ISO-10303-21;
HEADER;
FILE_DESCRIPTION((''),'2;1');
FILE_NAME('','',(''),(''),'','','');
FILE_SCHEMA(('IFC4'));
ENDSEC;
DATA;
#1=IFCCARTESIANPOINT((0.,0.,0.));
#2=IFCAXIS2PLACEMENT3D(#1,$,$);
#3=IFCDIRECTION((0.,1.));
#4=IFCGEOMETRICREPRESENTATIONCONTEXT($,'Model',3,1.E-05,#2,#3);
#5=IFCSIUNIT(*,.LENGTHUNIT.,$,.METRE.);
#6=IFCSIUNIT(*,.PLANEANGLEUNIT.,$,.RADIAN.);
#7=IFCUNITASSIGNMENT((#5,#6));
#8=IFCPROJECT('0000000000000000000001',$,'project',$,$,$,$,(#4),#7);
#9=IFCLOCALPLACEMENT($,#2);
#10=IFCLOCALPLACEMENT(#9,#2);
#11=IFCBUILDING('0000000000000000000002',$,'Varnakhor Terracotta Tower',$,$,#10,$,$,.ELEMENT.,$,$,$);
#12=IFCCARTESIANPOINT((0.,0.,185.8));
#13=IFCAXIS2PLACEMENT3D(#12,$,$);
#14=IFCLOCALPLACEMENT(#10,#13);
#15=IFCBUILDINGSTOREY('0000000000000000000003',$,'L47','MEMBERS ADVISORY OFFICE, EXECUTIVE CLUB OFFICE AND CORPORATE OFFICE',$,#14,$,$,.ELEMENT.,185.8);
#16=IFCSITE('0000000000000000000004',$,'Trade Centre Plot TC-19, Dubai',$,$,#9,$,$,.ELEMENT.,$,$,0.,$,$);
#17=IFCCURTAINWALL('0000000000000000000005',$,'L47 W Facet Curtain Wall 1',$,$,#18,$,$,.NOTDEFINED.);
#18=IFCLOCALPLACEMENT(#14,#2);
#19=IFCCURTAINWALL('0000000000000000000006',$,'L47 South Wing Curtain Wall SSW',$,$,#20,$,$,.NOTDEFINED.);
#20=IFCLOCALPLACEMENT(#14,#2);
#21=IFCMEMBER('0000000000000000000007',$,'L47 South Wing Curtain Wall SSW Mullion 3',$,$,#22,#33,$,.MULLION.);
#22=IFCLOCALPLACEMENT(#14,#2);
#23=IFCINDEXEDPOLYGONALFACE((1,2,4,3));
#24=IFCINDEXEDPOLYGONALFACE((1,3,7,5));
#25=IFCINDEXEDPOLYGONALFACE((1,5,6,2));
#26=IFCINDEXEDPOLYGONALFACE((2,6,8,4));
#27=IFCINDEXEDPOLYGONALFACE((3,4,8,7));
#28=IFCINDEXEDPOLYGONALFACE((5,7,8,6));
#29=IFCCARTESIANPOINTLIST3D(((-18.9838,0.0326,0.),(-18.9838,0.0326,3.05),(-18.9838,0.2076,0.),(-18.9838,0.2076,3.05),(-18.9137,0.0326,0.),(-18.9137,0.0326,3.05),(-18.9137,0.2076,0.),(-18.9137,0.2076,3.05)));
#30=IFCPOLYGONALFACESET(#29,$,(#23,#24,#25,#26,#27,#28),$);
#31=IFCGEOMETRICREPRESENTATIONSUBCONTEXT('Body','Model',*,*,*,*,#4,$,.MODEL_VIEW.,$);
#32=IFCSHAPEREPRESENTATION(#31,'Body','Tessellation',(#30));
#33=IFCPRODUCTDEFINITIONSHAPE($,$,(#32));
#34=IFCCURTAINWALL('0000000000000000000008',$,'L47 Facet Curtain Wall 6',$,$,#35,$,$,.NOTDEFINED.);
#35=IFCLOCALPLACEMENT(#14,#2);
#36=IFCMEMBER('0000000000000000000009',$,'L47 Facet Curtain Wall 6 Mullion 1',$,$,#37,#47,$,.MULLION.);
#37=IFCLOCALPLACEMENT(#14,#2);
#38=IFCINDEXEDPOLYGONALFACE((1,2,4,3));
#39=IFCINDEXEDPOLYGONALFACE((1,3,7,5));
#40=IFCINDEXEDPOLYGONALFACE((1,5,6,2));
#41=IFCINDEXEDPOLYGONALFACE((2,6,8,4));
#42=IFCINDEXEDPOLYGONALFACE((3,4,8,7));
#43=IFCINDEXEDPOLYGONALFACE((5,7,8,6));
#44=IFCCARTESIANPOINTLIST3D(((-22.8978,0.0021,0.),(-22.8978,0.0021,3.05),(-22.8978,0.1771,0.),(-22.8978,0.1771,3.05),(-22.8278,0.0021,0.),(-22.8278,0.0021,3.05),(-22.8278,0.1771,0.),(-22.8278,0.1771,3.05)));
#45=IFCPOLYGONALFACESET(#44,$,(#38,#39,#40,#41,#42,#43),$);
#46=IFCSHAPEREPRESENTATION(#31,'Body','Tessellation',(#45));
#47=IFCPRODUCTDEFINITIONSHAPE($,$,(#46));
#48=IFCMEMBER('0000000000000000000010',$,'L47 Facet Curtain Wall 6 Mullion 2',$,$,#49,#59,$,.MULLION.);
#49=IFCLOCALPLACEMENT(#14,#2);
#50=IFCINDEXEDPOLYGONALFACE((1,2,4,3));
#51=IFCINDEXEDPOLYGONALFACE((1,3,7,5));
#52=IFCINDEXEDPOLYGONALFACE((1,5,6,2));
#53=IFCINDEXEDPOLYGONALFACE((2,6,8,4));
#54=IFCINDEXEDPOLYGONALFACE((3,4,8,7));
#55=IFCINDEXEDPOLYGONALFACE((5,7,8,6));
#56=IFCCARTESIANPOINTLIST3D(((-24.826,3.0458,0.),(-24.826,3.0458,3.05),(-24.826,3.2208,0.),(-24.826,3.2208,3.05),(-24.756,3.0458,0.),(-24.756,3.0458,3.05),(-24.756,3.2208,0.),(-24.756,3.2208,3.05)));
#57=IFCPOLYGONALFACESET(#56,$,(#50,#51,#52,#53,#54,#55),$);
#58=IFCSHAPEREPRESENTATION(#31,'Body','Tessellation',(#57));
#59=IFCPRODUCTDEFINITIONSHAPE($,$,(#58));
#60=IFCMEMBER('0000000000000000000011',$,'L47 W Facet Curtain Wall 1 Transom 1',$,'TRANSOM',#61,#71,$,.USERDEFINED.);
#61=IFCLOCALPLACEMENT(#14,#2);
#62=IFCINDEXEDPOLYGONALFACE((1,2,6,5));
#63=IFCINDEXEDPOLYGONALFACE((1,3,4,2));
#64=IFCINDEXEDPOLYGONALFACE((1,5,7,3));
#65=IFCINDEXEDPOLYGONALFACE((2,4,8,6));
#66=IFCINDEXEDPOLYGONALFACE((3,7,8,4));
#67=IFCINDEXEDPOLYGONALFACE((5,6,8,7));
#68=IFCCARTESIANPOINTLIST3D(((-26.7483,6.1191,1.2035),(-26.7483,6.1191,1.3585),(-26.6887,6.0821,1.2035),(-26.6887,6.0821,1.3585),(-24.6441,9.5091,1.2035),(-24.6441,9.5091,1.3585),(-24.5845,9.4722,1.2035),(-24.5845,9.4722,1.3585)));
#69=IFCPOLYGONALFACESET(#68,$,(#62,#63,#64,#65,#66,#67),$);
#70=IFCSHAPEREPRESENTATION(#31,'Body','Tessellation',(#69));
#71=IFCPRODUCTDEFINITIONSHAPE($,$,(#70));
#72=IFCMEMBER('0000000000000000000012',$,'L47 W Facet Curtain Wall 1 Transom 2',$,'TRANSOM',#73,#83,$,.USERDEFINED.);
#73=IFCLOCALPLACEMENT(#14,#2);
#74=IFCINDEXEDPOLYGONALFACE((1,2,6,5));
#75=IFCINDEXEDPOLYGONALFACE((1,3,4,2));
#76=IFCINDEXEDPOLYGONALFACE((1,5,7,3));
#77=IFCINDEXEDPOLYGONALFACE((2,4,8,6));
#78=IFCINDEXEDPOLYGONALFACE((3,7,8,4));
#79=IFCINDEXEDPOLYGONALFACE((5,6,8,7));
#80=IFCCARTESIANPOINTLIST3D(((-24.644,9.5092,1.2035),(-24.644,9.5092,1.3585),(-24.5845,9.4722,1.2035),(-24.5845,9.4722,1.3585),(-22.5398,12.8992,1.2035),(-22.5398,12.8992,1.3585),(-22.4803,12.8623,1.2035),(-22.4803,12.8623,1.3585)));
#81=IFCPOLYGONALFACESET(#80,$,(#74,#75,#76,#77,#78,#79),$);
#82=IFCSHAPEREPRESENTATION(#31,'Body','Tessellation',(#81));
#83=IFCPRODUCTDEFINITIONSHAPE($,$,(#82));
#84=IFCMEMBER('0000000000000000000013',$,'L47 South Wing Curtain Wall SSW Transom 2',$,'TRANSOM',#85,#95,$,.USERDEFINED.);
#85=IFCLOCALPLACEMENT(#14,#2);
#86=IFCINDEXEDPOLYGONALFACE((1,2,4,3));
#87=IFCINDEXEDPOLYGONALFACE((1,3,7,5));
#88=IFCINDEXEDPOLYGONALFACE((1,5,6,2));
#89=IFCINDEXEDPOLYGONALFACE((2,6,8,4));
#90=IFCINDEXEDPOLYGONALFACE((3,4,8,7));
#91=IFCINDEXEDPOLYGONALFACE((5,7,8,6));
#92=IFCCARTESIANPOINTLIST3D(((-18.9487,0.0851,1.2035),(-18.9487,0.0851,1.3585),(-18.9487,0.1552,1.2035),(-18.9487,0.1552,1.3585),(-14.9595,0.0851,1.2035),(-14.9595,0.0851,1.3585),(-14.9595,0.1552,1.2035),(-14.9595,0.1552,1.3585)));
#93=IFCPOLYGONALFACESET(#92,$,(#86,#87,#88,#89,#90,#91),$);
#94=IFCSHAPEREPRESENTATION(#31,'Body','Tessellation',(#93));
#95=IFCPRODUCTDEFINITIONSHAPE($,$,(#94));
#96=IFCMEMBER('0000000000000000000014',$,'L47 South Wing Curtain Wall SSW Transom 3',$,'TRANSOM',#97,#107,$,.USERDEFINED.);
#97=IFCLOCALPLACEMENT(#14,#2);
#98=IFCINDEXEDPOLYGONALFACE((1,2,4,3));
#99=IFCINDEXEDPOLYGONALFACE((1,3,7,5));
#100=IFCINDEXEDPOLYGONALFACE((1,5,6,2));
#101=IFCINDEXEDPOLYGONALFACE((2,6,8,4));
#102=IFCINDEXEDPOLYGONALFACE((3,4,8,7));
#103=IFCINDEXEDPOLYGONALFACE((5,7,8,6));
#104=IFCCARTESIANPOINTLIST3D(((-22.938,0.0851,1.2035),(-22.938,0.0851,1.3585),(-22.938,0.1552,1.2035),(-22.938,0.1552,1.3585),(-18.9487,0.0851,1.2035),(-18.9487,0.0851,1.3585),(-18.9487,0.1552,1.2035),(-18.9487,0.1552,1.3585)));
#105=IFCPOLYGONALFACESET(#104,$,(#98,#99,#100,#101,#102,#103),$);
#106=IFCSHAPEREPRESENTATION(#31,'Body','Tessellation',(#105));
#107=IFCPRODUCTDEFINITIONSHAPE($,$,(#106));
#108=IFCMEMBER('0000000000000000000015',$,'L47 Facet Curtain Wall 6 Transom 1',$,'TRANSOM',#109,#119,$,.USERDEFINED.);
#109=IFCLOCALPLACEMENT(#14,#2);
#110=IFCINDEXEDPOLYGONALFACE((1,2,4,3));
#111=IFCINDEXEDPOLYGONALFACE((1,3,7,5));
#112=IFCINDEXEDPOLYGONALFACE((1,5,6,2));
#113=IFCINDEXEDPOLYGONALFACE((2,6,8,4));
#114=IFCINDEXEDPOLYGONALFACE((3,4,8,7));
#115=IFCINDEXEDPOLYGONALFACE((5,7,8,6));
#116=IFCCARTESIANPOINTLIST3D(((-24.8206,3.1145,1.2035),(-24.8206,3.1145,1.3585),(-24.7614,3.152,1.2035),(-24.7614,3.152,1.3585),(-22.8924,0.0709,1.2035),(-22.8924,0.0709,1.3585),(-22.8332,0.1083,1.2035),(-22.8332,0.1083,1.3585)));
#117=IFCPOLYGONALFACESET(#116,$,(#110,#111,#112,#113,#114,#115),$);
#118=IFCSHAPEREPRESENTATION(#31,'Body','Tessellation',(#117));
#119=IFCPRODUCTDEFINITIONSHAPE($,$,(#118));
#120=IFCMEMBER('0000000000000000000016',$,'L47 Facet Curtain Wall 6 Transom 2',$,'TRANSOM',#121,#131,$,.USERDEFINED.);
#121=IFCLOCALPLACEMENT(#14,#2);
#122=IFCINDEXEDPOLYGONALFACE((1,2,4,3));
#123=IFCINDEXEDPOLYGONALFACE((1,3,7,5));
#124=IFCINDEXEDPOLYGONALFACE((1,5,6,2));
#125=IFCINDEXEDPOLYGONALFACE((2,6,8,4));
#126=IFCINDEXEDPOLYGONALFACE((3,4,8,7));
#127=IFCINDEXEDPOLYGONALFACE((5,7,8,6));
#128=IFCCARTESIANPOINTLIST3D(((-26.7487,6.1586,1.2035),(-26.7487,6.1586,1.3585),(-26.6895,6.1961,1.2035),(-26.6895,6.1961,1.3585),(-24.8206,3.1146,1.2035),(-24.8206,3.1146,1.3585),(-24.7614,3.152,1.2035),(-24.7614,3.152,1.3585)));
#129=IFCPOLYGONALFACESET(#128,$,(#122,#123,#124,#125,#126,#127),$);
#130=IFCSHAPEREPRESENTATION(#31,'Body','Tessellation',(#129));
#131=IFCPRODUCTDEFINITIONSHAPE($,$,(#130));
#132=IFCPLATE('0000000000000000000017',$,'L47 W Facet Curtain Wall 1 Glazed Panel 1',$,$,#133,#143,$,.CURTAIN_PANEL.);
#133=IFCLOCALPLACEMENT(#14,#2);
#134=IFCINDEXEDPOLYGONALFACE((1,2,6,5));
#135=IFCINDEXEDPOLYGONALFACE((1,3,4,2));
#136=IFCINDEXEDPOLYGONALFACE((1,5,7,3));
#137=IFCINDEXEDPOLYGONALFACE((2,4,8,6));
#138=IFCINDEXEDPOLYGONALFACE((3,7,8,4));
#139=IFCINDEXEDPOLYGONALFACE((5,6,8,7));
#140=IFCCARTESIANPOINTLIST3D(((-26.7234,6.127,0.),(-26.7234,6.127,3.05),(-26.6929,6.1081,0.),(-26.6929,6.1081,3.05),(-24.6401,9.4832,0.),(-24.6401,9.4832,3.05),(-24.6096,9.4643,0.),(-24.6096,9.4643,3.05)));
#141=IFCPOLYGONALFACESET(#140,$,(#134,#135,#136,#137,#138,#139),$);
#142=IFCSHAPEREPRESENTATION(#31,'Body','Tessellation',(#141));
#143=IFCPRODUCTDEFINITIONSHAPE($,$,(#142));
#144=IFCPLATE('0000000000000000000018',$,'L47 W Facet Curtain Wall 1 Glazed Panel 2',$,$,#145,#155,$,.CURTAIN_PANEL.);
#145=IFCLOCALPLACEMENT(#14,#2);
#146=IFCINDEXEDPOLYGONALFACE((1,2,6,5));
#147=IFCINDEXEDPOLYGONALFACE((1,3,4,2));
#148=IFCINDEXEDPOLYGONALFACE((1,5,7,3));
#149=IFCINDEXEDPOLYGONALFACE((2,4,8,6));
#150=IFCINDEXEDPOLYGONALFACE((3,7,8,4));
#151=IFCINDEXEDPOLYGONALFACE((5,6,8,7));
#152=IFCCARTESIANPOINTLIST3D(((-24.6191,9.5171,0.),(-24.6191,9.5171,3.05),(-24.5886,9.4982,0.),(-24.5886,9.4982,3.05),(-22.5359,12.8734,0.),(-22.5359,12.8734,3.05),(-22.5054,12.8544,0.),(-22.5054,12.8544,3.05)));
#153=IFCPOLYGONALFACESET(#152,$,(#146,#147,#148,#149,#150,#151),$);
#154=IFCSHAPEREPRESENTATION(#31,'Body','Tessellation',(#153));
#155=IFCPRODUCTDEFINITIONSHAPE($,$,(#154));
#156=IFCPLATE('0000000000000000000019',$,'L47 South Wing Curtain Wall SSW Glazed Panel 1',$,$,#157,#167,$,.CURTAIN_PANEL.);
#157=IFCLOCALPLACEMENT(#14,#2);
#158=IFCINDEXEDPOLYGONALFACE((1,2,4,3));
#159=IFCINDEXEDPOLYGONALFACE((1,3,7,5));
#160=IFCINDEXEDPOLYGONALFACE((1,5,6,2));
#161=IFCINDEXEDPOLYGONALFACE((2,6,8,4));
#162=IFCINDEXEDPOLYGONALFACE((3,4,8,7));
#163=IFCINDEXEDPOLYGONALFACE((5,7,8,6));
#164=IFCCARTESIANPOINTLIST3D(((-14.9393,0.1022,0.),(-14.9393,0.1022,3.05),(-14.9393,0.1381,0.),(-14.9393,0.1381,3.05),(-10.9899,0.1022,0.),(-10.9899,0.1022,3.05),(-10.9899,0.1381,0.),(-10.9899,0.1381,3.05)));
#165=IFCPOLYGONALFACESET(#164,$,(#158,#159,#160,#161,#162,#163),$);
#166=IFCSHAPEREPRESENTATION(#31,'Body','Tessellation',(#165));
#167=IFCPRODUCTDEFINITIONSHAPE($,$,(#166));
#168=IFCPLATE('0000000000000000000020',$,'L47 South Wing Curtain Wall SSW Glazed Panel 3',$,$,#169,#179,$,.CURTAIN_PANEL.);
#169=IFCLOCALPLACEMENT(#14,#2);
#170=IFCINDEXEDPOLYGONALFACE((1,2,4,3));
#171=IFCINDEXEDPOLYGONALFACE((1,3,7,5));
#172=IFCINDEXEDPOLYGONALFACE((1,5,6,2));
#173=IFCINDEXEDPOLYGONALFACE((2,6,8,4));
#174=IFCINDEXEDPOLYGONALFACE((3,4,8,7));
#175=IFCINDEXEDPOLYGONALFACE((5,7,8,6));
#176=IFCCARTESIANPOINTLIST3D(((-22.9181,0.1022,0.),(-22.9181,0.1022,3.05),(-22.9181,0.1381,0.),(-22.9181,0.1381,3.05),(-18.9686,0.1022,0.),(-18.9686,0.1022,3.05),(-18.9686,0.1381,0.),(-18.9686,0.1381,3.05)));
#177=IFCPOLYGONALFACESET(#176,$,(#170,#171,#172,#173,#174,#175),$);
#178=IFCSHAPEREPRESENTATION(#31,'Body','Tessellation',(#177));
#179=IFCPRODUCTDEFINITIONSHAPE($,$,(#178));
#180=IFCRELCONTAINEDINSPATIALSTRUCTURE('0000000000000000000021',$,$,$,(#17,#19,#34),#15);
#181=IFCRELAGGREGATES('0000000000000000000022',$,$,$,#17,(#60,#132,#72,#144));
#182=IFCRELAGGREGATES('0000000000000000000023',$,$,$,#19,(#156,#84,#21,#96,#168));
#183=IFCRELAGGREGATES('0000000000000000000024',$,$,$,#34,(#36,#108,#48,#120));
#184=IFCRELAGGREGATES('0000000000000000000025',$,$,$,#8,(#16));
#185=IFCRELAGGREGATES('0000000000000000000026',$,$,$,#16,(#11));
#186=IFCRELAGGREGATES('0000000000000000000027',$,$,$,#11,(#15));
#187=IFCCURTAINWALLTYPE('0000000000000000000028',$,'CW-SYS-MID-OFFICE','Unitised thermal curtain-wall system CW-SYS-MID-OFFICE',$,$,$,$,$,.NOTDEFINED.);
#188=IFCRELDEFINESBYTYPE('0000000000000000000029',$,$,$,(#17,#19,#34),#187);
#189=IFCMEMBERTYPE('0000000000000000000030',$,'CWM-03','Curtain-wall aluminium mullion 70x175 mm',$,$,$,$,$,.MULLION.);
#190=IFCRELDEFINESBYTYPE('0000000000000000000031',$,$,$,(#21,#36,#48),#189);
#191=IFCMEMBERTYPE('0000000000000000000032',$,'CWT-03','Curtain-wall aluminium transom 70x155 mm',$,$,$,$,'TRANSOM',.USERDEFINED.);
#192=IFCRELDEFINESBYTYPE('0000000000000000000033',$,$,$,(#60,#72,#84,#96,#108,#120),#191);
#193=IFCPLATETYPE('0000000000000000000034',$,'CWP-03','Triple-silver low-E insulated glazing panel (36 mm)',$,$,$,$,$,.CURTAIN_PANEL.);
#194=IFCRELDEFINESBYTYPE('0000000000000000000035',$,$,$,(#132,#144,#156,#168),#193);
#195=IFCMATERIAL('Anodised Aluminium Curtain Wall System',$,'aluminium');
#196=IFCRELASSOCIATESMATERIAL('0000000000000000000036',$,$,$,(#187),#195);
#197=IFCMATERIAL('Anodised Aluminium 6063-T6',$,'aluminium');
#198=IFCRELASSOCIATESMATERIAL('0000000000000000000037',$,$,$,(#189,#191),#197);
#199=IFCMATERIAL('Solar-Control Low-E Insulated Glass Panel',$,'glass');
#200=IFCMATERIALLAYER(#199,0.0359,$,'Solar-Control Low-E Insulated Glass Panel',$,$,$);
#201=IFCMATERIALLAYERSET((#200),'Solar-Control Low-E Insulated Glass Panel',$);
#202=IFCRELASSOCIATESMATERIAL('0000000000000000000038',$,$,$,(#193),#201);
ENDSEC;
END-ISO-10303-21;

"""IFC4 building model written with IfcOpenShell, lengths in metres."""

from ifc_helpers import new_model, si_unit, direction, frame, origin, origin_2d, place, context, subcontext, project, spatial, rectangle, extrude, source, transform, mapped, material, layer, layer_set, material_profile, profile_set, type_object, element, aggregate, save


model = new_model("IFC4")

# Units and contexts
model_context = context("Model", 3, precision=1e-05, world=origin(), true_north=direction((0.0, 1.0)))
body_context = subcontext(model_context, "Body", "Model", "MODEL_VIEW")
ifc_project = project(units=[si_unit("LENGTHUNIT", "METRE"), si_unit("PLANEANGLEUNIT", "RADIAN")], contexts=[model_context])

# Site, building, storey
site_placement = place(None, origin())
site = spatial("IfcSite", under=ifc_project, at=site_placement, Name="Trade Centre Plot TC-19, Dubai", CompositionType="ELEMENT", RefElevation=0.0)
building_placement = place(site_placement, origin())
building = spatial("IfcBuilding", under=site, at=building_placement, Name="Varnakhor Terracotta Tower", CompositionType="ELEMENT")
storey_placement = place(building_placement, frame((0.0, 0.0, 185.8)))
storey = spatial("IfcBuildingStorey", under=building, at=storey_placement, Name="L47", Description="MEMBERS ADVISORY OFFICE, EXECUTIVE CLUB OFFICE AND CORPORATE OFFICE", CompositionType="ELEMENT", Elevation=185.8)

# Curtain walls, members
ifc_material_1 = material(Name="Anodised Aluminium Curtain Wall System", Category="aluminium")
curtain_wall_type = type_object("IfcCurtainWallType", Name="CW-SYS-MID-OFFICE", Description="Unitised thermal curtain-wall system CW-SYS-MID-OFFICE", PredefinedType="NOTDEFINED", material=ifc_material_1)
curtain_wall_1_placement = place(storey_placement, origin())
curtain_wall_1 = element("IfcCurtainWall", 1, at=curtain_wall_1_placement, inside=storey, type_object=curtain_wall_type, Name="L47 W Facet Curtain Wall 1", PredefinedType="NOTDEFINED")
ifc_material_2 = material(Name="Anodised Aluminium 6063-T6", Category="aluminium")
ifc_material_profile_1 = material_profile(ifc_material_2, rectangle(XDim=0.0701, YDim=0.175, at=origin_2d()), Name="ALU MULLION 70x175")
ifc_profile_set_1 = profile_set([ifc_material_profile_1], Name="Anodised Aluminium 6063-T6")
member_type_1 = type_object("IfcMemberType", Name="CWM-03", Description="Curtain-wall aluminium mullion 70x175 mm", PredefinedType="MULLION", material=ifc_profile_set_1)
shared_shape_1 = source(origin(), body_context, "Body", "SweptSolid", [
    extrude(rectangle(XDim=0.0701, YDim=0.175, at=origin_2d()), origin(), (0.0, 0.0, 1.0), 3.05),
])
curtain_wall_2_placement = place(storey_placement, origin())
curtain_wall_2 = element("IfcCurtainWall", 2, at=curtain_wall_2_placement, inside=storey, type_object=curtain_wall_type, Name="L47 South Wing Curtain Wall SSW", PredefinedType="NOTDEFINED")
member_1_placement = place(storey_placement, frame((-18.9487, 0.1201, 0.0), z_axis=(0.0, 0.0, 1.0), x_axis=(1.0, 0.0, 0.0)))
member_1 = element("IfcMember", 3, at=member_1_placement, type_object=member_type_1, Name="L47 South Wing Curtain Wall SSW Mullion 3", PredefinedType="MULLION", context=body_context, shape_type="MappedRepresentation", body=[
    mapped(shared_shape_1, transform((0.0, 0.0, 0.0), scale=1.0)),
])
curtain_wall_3_placement = place(storey_placement, origin())
curtain_wall_3 = element("IfcCurtainWall", 4, at=curtain_wall_3_placement, inside=storey, type_object=curtain_wall_type, Name="L47 Facet Curtain Wall 6", PredefinedType="NOTDEFINED")
member_2_placement = place(storey_placement, frame((-22.8628, 0.0896, 0.0), z_axis=(0.0, 0.0, 1.0), x_axis=(1.0, 0.0, 0.0)))
member_2 = element("IfcMember", 5, at=member_2_placement, type_object=member_type_1, Name="L47 Facet Curtain Wall 6 Mullion 1", PredefinedType="MULLION", context=body_context, shape_type="MappedRepresentation", body=[
    mapped(shared_shape_1, transform((0.0, 0.0, 0.0), scale=1.0)),
])
member_3_placement = place(storey_placement, frame((-24.791, 3.1333, 0.0), z_axis=(0.0, 0.0, 1.0), x_axis=(1.0, 0.0, 0.0)))
member_3 = element("IfcMember", 6, at=member_3_placement, type_object=member_type_1, Name="L47 Facet Curtain Wall 6 Mullion 2", PredefinedType="MULLION", context=body_context, shape_type="MappedRepresentation", body=[
    mapped(shared_shape_1, transform((0.0, 0.0, 0.0), scale=1.0)),
])

# Members
ifc_material_profile_2 = material_profile(ifc_material_2, rectangle(XDim=0.0701, YDim=0.155, at=origin_2d()), Name="ALU TRANSOM 70x155")
ifc_profile_set_2 = profile_set([ifc_material_profile_2], Name="Anodised Aluminium 6063-T6")
member_type_2 = type_object("IfcMemberType", Name="CWT-03", Description="Curtain-wall aluminium transom 70x155 mm", ElementType="TRANSOM", PredefinedType="USERDEFINED", material=ifc_profile_set_2)
shared_shape_2 = source(origin(), body_context, "Body", "SweptSolid", [
    extrude(rectangle(XDim=0.0701, YDim=0.155, at=origin_2d()), origin(), (0.0, 0.0, 1.0), 3.99),
])
member_4_placement = place(storey_placement, frame((-26.7185, 6.1006, 1.281), z_axis=(0.527367, 0.849637, 0.0), x_axis=(-0.849637, 0.527367, 0.0)))
member_4 = element("IfcMember", 7, at=member_4_placement, type_object=member_type_2, Name="L47 W Facet Curtain Wall 1 Transom 1", ObjectType="TRANSOM", PredefinedType="USERDEFINED", context=body_context, shape_type="MappedRepresentation", body=[
    mapped(shared_shape_2, transform((0.0, 0.0, 0.0), scale=1.0)),
])
member_5_placement = place(storey_placement, frame((-24.6143, 9.4907, 1.281), z_axis=(0.527367, 0.849637, 0.0), x_axis=(-0.849637, 0.527367, 0.0)))
member_5 = element("IfcMember", 8, at=member_5_placement, type_object=member_type_2, Name="L47 W Facet Curtain Wall 1 Transom 2", ObjectType="TRANSOM", PredefinedType="USERDEFINED", context=body_context, shape_type="MappedRepresentation", body=[
    mapped(shared_shape_2, transform((0.0, 0.0, 0.0), scale=1.0)),
])
shared_shape_3 = source(origin(), body_context, "Body", "SweptSolid", [
    extrude(rectangle(XDim=0.0701, YDim=0.155, at=origin_2d()), origin(), (0.0, 0.0, 1.0), 3.9893),
])
member_6_placement = place(storey_placement, frame((-14.9595, 0.1201, 1.281), z_axis=(-1.0, 0.0, 0.0), x_axis=(0.0, -1.0, 0.0)))
member_6 = element("IfcMember", 9, at=member_6_placement, type_object=member_type_2, Name="L47 South Wing Curtain Wall SSW Transom 2", ObjectType="TRANSOM", PredefinedType="USERDEFINED", context=body_context, shape_type="MappedRepresentation", body=[
    mapped(shared_shape_3, transform((0.0, 0.0, 0.0), scale=1.0)),
])
member_7_placement = place(storey_placement, frame((-18.9487, 0.1201, 1.281), z_axis=(-1.0, 0.0, 0.0), x_axis=(0.0, -1.0, 0.0)))
member_7 = element("IfcMember", 10, at=member_7_placement, type_object=member_type_2, Name="L47 South Wing Curtain Wall SSW Transom 3", ObjectType="TRANSOM", PredefinedType="USERDEFINED", context=body_context, shape_type="MappedRepresentation", body=[
    mapped(shared_shape_3, transform((0.0, 0.0, 0.0), scale=1.0)),
])
shared_shape_4 = source(origin(), body_context, "Body", "SweptSolid", [
    extrude(rectangle(XDim=0.0701, YDim=0.155, at=origin_2d()), origin(), (0.0, 0.0, 1.0), 3.603),
])
member_8_placement = place(storey_placement, frame((-22.8628, 0.0896, 1.281), z_axis=(-0.53516, 0.844751, 0.0), x_axis=(-0.844751, -0.53516, 0.0)))
member_8 = element("IfcMember", 11, at=member_8_placement, type_object=member_type_2, Name="L47 Facet Curtain Wall 6 Transom 1", ObjectType="TRANSOM", PredefinedType="USERDEFINED", context=body_context, shape_type="MappedRepresentation", body=[
    mapped(shared_shape_4, transform((0.0, 0.0, 0.0), scale=1.0)),
])
shared_shape_5 = source(origin(), body_context, "Body", "SweptSolid", [
    extrude(rectangle(XDim=0.0701, YDim=0.155, at=origin_2d()), origin(), (0.0, 0.0, 1.0), 3.6033),
])
member_9_placement = place(storey_placement, frame((-24.791, 3.1333, 1.281), z_axis=(-0.535081, 0.844801, 0.0), x_axis=(-0.844801, -0.535081, 0.0)))
member_9 = element("IfcMember", 12, at=member_9_placement, type_object=member_type_2, Name="L47 Facet Curtain Wall 6 Transom 2", ObjectType="TRANSOM", PredefinedType="USERDEFINED", context=body_context, shape_type="MappedRepresentation", body=[
    mapped(shared_shape_5, transform((0.0, 0.0, 0.0), scale=1.0)),
])

# Plates
ifc_material_3 = material(Name="Solar-Control Low-E Insulated Glass Panel", Category="glass")
ifc_layer_1 = layer(ifc_material_3, 0.0359, Name="Solar-Control Low-E Insulated Glass Panel")
ifc_layer_set_1 = layer_set([ifc_layer_1], Name="Solar-Control Low-E Insulated Glass Panel")
plate_type = type_object("IfcPlateType", Name="CWP-03", Description="Triple-silver low-E insulated glazing panel (36 mm)", PredefinedType="CURTAIN_PANEL", material=ifc_layer_set_1)
shared_shape_6 = source(origin(), body_context, "Body", "SweptSolid", [
    extrude(rectangle(XDim=3.9502, YDim=0.0359, at=origin_2d()), origin(), (0.0, 0.0, 1.0), 3.05),
])
plate_1_placement = place(storey_placement, frame((-25.6665, 7.7957, 0.0), z_axis=(0.0, 0.0, 1.0), x_axis=(0.527371, 0.849635, 0.0)))
plate_1 = element("IfcPlate", 13, at=plate_1_placement, type_object=plate_type, Name="L47 W Facet Curtain Wall 1 Glazed Panel 1", PredefinedType="CURTAIN_PANEL", context=body_context, shape_type="MappedRepresentation", body=[
    mapped(shared_shape_6, transform((0.0, 0.0, 0.0), scale=1.0)),
])
plate_2_placement = place(storey_placement, frame((-23.5623, 11.1858, 0.0), z_axis=(0.0, 0.0, 1.0), x_axis=(0.527371, 0.849635, 0.0)))
plate_2 = element("IfcPlate", 14, at=plate_2_placement, type_object=plate_type, Name="L47 W Facet Curtain Wall 1 Glazed Panel 2", PredefinedType="CURTAIN_PANEL", context=body_context, shape_type="MappedRepresentation", body=[
    mapped(shared_shape_6, transform((0.0, 0.0, 0.0), scale=1.0)),
])
aggregate(curtain_wall_1, [member_4, plate_1, member_5, plate_2])
shared_shape_7 = source(origin(), body_context, "Body", "SweptSolid", [
    extrude(rectangle(XDim=3.9495, YDim=0.0359, at=origin_2d()), origin(), (0.0, 0.0, 1.0), 3.05),
])
plate_3_placement = place(storey_placement, frame((-12.9646, 0.1201, 0.0), z_axis=(0.0, 0.0, 1.0), x_axis=(-1.0, 0.0, 0.0)))
plate_3 = element("IfcPlate", 15, at=plate_3_placement, type_object=plate_type, Name="L47 South Wing Curtain Wall SSW Glazed Panel 1", PredefinedType="CURTAIN_PANEL", context=body_context, shape_type="MappedRepresentation", body=[
    mapped(shared_shape_7, transform((0.0, 0.0, 0.0), scale=1.0)),
])
plate_4_placement = place(storey_placement, frame((-20.9434, 0.1201, 0.0), z_axis=(0.0, 0.0, 1.0), x_axis=(-1.0, 0.0, 0.0)))
plate_4 = element("IfcPlate", 16, at=plate_4_placement, type_object=plate_type, Name="L47 South Wing Curtain Wall SSW Glazed Panel 3", PredefinedType="CURTAIN_PANEL", context=body_context, shape_type="MappedRepresentation", body=[
    mapped(shared_shape_7, transform((0.0, 0.0, 0.0), scale=1.0)),
])
aggregate(curtain_wall_2, [plate_3, member_6, member_1, member_7, plate_4])
aggregate(curtain_wall_3, [member_2, member_8, member_3, member_9])

save(model, "model.ifc")
